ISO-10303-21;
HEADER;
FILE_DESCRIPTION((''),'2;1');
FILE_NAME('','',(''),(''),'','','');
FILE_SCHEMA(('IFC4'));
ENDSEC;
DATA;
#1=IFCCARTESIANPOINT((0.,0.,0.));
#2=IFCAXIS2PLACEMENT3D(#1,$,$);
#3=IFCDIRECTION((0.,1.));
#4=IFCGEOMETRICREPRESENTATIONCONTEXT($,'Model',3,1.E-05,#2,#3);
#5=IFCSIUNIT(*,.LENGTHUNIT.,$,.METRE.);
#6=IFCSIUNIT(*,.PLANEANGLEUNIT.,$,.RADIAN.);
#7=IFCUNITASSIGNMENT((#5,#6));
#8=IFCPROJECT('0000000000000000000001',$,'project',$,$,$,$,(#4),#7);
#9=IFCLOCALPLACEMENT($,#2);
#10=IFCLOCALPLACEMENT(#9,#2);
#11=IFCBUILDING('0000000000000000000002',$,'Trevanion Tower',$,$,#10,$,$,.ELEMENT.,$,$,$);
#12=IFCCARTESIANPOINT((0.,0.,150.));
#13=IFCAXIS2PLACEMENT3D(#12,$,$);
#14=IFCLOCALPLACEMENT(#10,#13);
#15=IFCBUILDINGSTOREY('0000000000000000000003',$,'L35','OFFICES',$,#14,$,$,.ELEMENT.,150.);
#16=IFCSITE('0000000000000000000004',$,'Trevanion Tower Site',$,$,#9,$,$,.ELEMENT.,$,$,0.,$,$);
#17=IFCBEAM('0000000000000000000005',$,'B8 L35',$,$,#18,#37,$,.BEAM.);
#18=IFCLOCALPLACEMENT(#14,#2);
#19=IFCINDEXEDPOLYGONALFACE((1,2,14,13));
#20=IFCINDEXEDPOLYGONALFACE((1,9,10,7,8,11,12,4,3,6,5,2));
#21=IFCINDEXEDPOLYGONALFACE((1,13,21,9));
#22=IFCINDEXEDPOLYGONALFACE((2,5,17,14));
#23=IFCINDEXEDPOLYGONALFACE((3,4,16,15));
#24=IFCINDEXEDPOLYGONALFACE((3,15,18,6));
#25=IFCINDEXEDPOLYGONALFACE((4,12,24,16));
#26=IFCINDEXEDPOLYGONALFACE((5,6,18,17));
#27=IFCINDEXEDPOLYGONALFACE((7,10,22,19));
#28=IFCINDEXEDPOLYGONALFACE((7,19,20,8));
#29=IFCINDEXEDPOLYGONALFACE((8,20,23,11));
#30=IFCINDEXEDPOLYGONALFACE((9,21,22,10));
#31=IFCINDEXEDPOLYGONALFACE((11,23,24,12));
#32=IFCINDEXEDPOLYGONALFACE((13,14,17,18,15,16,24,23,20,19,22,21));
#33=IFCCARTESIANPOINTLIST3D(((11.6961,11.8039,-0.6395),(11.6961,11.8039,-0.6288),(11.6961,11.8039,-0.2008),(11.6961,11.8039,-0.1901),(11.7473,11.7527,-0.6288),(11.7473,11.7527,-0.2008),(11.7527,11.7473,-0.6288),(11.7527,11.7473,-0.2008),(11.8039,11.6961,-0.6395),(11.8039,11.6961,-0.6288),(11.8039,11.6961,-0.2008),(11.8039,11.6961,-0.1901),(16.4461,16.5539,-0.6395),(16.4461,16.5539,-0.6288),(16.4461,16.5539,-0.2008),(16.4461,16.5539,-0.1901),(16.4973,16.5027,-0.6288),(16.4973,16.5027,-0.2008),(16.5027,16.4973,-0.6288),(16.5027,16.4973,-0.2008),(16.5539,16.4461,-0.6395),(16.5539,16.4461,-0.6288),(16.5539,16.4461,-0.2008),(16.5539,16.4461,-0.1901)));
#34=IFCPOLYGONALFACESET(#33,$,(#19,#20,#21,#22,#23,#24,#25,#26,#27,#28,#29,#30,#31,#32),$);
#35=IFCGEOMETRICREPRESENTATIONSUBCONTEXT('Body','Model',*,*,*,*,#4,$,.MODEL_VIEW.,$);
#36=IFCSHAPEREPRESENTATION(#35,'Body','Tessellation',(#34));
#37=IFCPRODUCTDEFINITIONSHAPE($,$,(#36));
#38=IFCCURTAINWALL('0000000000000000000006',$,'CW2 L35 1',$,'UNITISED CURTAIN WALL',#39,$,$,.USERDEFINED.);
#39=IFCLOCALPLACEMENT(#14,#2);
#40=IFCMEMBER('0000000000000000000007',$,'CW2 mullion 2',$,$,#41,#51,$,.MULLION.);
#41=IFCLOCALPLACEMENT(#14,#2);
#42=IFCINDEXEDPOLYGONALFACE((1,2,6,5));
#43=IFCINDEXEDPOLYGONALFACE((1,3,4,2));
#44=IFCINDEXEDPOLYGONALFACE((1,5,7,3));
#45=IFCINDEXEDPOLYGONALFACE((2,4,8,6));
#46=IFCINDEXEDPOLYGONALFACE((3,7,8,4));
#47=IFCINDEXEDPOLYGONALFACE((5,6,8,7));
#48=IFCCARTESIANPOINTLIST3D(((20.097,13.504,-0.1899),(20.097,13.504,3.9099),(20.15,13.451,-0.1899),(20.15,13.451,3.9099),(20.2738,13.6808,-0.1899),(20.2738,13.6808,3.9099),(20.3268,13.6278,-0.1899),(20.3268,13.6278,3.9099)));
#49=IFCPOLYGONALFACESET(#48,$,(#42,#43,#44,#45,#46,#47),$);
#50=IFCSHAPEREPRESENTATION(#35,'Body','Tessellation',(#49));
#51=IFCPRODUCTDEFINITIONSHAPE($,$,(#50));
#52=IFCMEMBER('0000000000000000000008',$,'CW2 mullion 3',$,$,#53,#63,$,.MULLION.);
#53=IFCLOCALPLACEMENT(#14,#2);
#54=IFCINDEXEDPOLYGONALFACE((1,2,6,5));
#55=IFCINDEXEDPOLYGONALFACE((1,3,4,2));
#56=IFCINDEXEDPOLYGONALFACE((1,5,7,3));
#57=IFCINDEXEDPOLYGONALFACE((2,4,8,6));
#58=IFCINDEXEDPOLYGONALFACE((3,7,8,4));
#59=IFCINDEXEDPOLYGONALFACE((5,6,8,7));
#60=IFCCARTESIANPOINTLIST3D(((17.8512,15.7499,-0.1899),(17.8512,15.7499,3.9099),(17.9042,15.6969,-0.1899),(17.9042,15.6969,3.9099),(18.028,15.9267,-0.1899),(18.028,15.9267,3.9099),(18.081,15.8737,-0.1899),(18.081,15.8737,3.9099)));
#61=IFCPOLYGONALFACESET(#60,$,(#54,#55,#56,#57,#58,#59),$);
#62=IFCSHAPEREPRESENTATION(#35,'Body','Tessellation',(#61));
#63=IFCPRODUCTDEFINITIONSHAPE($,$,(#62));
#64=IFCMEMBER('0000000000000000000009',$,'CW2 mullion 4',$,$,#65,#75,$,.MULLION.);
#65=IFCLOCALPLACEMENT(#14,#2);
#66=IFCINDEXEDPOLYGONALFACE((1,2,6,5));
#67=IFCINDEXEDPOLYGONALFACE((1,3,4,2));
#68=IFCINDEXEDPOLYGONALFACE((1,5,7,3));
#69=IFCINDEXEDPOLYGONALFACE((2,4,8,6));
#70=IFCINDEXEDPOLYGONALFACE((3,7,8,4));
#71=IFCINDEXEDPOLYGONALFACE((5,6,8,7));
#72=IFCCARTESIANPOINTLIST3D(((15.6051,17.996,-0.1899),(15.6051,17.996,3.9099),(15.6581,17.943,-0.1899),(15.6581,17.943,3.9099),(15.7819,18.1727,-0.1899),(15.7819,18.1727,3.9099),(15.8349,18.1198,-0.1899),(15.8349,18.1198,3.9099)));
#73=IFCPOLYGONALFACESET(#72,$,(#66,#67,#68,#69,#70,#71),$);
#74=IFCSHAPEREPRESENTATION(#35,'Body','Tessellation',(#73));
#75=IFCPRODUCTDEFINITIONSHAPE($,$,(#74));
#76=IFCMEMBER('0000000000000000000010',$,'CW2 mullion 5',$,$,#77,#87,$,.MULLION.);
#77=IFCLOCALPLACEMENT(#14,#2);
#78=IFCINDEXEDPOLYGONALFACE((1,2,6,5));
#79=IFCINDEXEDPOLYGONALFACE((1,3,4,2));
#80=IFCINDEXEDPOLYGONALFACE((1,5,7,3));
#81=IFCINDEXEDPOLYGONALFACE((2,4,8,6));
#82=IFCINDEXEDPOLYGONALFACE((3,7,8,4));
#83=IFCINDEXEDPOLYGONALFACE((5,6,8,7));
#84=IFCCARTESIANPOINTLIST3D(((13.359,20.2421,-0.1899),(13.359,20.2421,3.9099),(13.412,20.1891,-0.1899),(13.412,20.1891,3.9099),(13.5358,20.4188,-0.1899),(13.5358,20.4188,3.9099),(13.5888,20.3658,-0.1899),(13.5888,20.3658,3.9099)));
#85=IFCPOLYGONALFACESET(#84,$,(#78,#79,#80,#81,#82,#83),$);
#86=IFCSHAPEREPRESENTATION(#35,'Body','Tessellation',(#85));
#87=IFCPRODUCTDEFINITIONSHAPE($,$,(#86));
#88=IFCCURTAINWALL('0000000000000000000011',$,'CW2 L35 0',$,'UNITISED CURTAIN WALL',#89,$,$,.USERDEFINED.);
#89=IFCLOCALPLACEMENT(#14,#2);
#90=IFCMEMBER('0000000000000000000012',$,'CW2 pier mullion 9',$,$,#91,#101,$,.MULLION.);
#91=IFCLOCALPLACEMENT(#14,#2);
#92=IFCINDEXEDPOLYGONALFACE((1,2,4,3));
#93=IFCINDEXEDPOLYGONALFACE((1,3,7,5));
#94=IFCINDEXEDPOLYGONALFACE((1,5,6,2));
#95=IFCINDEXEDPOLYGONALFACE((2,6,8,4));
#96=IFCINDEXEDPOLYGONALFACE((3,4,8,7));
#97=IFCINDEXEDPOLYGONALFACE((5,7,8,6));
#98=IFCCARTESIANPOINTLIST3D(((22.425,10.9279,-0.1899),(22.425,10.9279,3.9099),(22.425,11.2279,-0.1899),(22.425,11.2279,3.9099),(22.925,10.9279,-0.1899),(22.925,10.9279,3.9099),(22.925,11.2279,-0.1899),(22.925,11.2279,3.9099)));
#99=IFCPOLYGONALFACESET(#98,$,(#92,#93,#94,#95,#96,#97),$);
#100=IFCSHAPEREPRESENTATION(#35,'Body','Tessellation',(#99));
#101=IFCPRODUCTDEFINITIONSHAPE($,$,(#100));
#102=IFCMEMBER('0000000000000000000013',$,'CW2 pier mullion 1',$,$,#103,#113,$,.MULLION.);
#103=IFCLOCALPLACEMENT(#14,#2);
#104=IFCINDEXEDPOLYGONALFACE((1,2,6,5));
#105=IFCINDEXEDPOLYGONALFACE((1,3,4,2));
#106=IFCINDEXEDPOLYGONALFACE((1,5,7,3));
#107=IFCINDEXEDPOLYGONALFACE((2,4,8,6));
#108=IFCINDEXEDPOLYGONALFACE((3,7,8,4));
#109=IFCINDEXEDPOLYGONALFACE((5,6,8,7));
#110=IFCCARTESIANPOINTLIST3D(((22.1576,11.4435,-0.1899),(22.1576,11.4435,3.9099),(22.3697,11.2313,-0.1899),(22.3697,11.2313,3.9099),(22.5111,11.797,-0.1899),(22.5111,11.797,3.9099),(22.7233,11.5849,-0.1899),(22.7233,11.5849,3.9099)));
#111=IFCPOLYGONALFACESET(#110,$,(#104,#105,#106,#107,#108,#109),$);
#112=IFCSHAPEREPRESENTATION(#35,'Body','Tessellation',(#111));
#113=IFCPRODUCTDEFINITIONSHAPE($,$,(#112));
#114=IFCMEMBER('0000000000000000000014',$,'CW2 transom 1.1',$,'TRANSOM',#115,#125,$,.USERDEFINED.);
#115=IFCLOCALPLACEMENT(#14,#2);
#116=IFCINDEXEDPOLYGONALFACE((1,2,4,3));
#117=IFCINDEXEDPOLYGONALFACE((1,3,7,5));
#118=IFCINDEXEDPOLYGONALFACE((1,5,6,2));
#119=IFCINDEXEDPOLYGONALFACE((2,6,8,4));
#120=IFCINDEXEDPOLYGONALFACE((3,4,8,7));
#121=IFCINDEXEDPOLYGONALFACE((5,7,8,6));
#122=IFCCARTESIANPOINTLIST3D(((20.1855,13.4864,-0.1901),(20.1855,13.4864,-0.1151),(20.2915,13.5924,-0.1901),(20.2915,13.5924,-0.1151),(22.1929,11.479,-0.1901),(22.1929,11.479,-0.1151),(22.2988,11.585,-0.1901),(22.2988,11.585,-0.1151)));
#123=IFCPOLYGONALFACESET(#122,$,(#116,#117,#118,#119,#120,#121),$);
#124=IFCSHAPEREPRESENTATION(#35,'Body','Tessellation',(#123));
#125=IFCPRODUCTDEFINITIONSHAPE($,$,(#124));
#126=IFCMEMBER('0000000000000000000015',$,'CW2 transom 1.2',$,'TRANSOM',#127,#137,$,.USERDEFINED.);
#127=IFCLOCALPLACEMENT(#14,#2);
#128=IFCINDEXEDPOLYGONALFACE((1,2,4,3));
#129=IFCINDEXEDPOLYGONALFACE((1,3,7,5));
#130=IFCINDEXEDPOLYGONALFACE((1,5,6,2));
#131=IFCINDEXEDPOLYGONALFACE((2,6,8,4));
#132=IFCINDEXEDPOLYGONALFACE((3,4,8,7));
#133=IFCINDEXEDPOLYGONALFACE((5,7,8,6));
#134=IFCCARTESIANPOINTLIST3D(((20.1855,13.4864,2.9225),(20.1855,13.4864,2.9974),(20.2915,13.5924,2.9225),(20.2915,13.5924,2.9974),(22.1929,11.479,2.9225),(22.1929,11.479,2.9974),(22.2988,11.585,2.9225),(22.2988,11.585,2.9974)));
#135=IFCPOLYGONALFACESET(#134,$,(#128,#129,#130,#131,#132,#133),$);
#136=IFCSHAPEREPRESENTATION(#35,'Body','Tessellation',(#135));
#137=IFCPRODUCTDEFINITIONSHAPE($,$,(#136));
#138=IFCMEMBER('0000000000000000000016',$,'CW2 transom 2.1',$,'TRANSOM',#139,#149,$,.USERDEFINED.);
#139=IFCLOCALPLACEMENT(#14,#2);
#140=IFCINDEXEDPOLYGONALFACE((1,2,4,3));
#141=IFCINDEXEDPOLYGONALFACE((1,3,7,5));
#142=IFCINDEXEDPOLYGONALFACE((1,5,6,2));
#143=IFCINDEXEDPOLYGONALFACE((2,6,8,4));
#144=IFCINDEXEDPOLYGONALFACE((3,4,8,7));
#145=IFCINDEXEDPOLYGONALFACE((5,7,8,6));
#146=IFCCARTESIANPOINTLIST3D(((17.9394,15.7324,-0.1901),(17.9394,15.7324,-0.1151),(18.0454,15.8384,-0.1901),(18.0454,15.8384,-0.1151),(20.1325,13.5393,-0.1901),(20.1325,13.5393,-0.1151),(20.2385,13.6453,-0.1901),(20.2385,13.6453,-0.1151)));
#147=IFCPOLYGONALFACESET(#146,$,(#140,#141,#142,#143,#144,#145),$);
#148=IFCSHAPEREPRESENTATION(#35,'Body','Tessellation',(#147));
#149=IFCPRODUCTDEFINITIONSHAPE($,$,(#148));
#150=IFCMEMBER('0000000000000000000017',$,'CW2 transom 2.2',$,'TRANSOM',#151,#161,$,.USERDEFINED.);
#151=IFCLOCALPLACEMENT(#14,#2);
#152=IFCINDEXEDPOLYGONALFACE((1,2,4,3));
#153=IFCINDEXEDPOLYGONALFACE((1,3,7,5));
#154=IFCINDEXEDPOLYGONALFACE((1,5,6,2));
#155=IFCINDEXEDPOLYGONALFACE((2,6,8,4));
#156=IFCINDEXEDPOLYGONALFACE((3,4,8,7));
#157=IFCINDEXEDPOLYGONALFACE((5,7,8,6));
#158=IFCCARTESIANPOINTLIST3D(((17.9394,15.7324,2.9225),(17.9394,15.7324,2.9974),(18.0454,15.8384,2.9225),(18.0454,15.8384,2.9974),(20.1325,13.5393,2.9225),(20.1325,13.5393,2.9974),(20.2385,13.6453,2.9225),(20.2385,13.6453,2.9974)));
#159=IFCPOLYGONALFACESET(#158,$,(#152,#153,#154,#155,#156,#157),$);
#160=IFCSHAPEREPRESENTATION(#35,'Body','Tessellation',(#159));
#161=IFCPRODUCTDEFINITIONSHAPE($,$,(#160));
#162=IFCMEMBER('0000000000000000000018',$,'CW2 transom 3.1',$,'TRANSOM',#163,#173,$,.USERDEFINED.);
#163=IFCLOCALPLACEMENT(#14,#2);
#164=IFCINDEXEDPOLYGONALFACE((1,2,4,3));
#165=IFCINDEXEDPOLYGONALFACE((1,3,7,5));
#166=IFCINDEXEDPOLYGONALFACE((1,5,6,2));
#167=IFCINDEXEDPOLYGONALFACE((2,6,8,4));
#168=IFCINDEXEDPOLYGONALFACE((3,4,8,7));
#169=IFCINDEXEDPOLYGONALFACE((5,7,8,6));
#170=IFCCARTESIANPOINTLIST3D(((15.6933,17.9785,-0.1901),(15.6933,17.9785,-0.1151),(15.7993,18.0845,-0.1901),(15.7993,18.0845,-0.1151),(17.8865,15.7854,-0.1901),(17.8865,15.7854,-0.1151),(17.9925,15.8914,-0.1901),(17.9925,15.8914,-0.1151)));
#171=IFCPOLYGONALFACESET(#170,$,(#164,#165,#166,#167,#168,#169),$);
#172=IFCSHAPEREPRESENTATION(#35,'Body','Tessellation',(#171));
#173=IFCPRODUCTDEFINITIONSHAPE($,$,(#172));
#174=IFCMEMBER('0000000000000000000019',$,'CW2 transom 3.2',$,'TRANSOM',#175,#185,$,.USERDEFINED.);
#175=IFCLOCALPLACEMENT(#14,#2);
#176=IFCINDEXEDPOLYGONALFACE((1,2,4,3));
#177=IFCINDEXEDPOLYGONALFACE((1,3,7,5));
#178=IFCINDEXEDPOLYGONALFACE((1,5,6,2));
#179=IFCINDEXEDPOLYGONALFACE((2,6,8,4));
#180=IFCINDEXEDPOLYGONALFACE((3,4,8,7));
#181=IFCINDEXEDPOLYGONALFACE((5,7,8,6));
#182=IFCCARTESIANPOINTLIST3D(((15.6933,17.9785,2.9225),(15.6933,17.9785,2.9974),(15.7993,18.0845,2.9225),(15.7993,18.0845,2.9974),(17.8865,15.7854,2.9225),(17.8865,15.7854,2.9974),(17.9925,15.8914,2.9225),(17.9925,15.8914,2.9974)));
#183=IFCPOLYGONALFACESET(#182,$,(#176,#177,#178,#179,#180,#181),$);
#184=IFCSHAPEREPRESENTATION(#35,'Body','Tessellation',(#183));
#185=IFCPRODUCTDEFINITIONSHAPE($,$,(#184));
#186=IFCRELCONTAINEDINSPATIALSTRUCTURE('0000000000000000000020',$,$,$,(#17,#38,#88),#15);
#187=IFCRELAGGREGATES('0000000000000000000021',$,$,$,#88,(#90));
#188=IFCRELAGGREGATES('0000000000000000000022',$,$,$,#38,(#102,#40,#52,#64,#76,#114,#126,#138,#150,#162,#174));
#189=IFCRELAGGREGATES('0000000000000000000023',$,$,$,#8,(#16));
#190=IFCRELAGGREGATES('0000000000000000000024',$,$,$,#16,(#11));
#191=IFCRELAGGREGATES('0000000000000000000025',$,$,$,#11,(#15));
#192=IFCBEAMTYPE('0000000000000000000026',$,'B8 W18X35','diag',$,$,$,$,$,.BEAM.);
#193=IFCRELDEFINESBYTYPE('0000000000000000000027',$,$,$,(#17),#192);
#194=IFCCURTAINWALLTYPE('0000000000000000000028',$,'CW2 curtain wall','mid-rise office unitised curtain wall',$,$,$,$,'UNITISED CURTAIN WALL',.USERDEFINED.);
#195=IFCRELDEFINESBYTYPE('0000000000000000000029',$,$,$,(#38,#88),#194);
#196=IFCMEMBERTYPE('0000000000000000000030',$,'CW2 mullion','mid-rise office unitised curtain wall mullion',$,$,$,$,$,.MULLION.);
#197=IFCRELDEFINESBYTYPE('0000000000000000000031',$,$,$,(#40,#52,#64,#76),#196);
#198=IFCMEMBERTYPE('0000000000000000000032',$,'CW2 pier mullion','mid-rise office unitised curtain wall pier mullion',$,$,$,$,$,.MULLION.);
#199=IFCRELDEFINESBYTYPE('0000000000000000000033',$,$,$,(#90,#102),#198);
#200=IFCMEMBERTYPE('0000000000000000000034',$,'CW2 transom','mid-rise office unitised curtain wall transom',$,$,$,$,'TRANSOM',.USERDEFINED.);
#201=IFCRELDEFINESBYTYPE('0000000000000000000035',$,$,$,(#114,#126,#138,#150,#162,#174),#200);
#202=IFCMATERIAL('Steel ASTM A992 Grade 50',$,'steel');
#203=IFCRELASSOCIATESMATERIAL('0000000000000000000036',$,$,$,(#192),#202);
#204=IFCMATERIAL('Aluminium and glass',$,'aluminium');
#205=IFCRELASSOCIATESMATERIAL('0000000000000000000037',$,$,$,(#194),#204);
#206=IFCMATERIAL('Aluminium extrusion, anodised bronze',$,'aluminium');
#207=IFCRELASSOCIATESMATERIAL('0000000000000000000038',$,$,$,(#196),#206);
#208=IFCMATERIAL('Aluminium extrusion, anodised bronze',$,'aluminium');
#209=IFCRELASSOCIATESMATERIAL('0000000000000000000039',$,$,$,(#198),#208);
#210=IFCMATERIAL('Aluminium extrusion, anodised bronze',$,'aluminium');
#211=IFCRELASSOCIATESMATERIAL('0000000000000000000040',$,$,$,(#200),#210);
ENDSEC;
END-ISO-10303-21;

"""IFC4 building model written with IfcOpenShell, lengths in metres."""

from ifc_helpers import new_model, si_unit, direction, frame, origin, origin_2d, place, context, subcontext, project, spatial, rectangle, i_section, extrude, material, material_profile, profile_set, type_object, element, aggregate, save


model = new_model("IFC4")

# Units and contexts
model_context = context("Model", 3, precision=1e-05, world=origin(), true_north=direction((0.0, 1.0)))
body_context = subcontext(model_context, "Body", "Model", "MODEL_VIEW")
ifc_project = project(units=[si_unit("LENGTHUNIT", "METRE"), si_unit("PLANEANGLEUNIT", "RADIAN")], contexts=[model_context])

# Site, building, storey
site_placement = place(None, origin())
site = spatial("IfcSite", under=ifc_project, at=site_placement, Name="Trevanion Tower Site", CompositionType="ELEMENT", RefElevation=0.0)
building_placement = place(site_placement, origin())
building = spatial("IfcBuilding", under=site, at=building_placement, Name="Trevanion Tower", CompositionType="ELEMENT")
storey_placement = place(building_placement, frame((0.0, 0.0, 150.0)))
storey = spatial("IfcBuildingStorey", under=building, at=storey_placement, Name="L35", Description="OFFICES", CompositionType="ELEMENT", Elevation=150.0)

# Beam
ifc_material_1 = material(Name="Steel ASTM A992 Grade 50", Category="steel")
ifc_material_profile_1 = material_profile(ifc_material_1, i_section(OverallWidth=0.1523, OverallDepth=0.4495, WebThickness=0.0076, FlangeThickness=0.0107, at=origin_2d()), Name="W18X35")
ifc_profile_set_1 = profile_set([ifc_material_profile_1], Name="Steel ASTM A992 Grade 50")
beam_type = type_object("IfcBeamType", Name="B8 W18X35", Description="diag", PredefinedType="BEAM", material=ifc_profile_set_1)
beam_placement = place(storey_placement, frame((11.75, 11.75, -0.4148), z_axis=(0.707107, 0.707107, 0.0), x_axis=(-0.707107, 0.707107, 0.0)))
element("IfcBeam", 1, at=beam_placement, inside=storey, type_object=beam_type, Name="B8 L35", PredefinedType="BEAM", context=body_context, shape_type="SweptSolid", body=[
    extrude(i_section(OverallWidth=0.1523, OverallDepth=0.4495, WebThickness=0.0076, FlangeThickness=0.0107, at=origin_2d()), origin(), (0.0, 0.0, 1.0), 6.7175),
])

# Curtain wall, members
ifc_material_2 = material(Name="Aluminium and glass", Category="aluminium")
curtain_wall_type = type_object("IfcCurtainWallType", Name="CW2 curtain wall", Description="mid-rise office unitised curtain wall", ElementType="UNITISED CURTAIN WALL", PredefinedType="USERDEFINED", material=ifc_material_2)
curtain_wall_1_placement = place(storey_placement, origin())
curtain_wall_1 = element("IfcCurtainWall", 2, at=curtain_wall_1_placement, inside=storey, type_object=curtain_wall_type, Name="CW2 L35 1", ObjectType="UNITISED CURTAIN WALL", PredefinedType="USERDEFINED")
ifc_material_3 = material(Name="Aluminium extrusion, anodised bronze", Category="aluminium")
ifc_material_profile_2 = material_profile(ifc_material_3, rectangle(XDim=0.075, YDim=0.25, at=origin_2d()), Name="CW2 mullion")
ifc_profile_set_2 = profile_set([ifc_material_profile_2], Name="Aluminium extrusion, anodised bronze")
member_type_1 = type_object("IfcMemberType", Name="CW2 mullion", Description="mid-rise office unitised curtain wall mullion", PredefinedType="MULLION", material=ifc_profile_set_2)
member_1_placement = place(storey_placement, frame((20.2119, 13.5659, -0.1899), z_axis=(0.0, 0.0, 1.0), x_axis=(-0.707107, 0.707107, 0.0)))
member_1 = element("IfcMember", 3, at=member_1_placement, type_object=member_type_1, Name="CW2 mullion 2", PredefinedType="MULLION", context=body_context, shape_type="SweptSolid", body=[
    extrude(rectangle(XDim=0.075, YDim=0.25, at=origin_2d()), origin(), (0.0, 0.0, 1.0), 4.0999),
])
member_2_placement = place(storey_placement, frame((17.9661, 15.8118, -0.1899), z_axis=(0.0, 0.0, 1.0), x_axis=(-0.707107, 0.707107, 0.0)))
member_2 = element("IfcMember", 4, at=member_2_placement, type_object=member_type_1, Name="CW2 mullion 3", PredefinedType="MULLION", context=body_context, shape_type="SweptSolid", body=[
    extrude(rectangle(XDim=0.075, YDim=0.25, at=origin_2d()), origin(), (0.0, 0.0, 1.0), 4.0999),
])
member_3_placement = place(storey_placement, frame((15.72, 18.0579, -0.1899), z_axis=(0.0, 0.0, 1.0), x_axis=(-0.707107, 0.707107, 0.0)))
member_3 = element("IfcMember", 5, at=member_3_placement, type_object=member_type_1, Name="CW2 mullion 4", PredefinedType="MULLION", context=body_context, shape_type="SweptSolid", body=[
    extrude(rectangle(XDim=0.075, YDim=0.25, at=origin_2d()), origin(), (0.0, 0.0, 1.0), 4.0999),
])
member_4_placement = place(storey_placement, frame((13.4739, 20.304, -0.1899), z_axis=(0.0, 0.0, 1.0), x_axis=(-0.707107, 0.707107, 0.0)))
member_4 = element("IfcMember", 6, at=member_4_placement, type_object=member_type_1, Name="CW2 mullion 5", PredefinedType="MULLION", context=body_context, shape_type="SweptSolid", body=[
    extrude(rectangle(XDim=0.075, YDim=0.25, at=origin_2d()), origin(), (0.0, 0.0, 1.0), 4.0999),
])

# Curtain wall, member
curtain_wall_2_placement = place(storey_placement, origin())
curtain_wall_2 = element("IfcCurtainWall", 7, at=curtain_wall_2_placement, inside=storey, type_object=curtain_wall_type, Name="CW2 L35 0", ObjectType="UNITISED CURTAIN WALL", PredefinedType="USERDEFINED")
ifc_material_4 = material(Name="Aluminium extrusion, anodised bronze", Category="aluminium")
ifc_material_profile_3 = material_profile(ifc_material_4, rectangle(XDim=0.3, YDim=0.5, at=origin_2d()), Name="CW2 pier mullion")
ifc_profile_set_3 = profile_set([ifc_material_profile_3], Name="Aluminium extrusion, anodised bronze")
member_type_2 = type_object("IfcMemberType", Name="CW2 pier mullion", Description="mid-rise office unitised curtain wall pier mullion", PredefinedType="MULLION", material=ifc_profile_set_3)
member_5_placement = place(storey_placement, frame((22.675, 11.0779, -0.1899), z_axis=(0.0, 0.0, 1.0), x_axis=(0.0, 1.0, 0.0)))
member_5 = element("IfcMember", 8, at=member_5_placement, type_object=member_type_2, Name="CW2 pier mullion 9", PredefinedType="MULLION", context=body_context, shape_type="SweptSolid", body=[
    extrude(rectangle(XDim=0.3, YDim=0.5, at=origin_2d()), origin(), (0.0, 0.0, 1.0), 4.0999),
])
aggregate(curtain_wall_2, [member_5])

# Members
member_6_placement = place(storey_placement, frame((22.4404, 11.5142, -0.1899), z_axis=(0.0, 0.0, 1.0), x_axis=(-0.707107, 0.707107, 0.0)))
member_6 = element("IfcMember", 9, at=member_6_placement, type_object=member_type_2, Name="CW2 pier mullion 1", PredefinedType="MULLION", context=body_context, shape_type="SweptSolid", body=[
    extrude(rectangle(XDim=0.3, YDim=0.5, at=origin_2d()), origin(), (0.0, 0.0, 1.0), 4.0999),
])
ifc_material_5 = material(Name="Aluminium extrusion, anodised bronze", Category="aluminium")
ifc_material_profile_4 = material_profile(ifc_material_5, rectangle(XDim=0.1499, YDim=0.075, at=origin_2d()), Name="CW2 transom")
ifc_profile_set_4 = profile_set([ifc_material_profile_4], Name="Aluminium extrusion, anodised bronze")
member_type_3 = type_object("IfcMemberType", Name="CW2 transom", Description="mid-rise office unitised curtain wall transom", ElementType="TRANSOM", PredefinedType="USERDEFINED", material=ifc_profile_set_4)
member_7_placement = place(storey_placement, frame((22.2458, 11.532, -0.1526), z_axis=(-0.707107, 0.707107, 0.0), x_axis=(-0.707107, -0.707107, 0.0)))
member_7 = element("IfcMember", 10, at=member_7_placement, type_object=member_type_3, Name="CW2 transom 1.1", ObjectType="TRANSOM", PredefinedType="USERDEFINED", context=body_context, shape_type="SweptSolid", body=[
    extrude(rectangle(XDim=0.1499, YDim=0.075, at=origin_2d()), origin(), (0.0, 0.0, 1.0), 2.8389),
])
member_8_placement = place(storey_placement, frame((22.2458, 11.532, 2.96), z_axis=(-0.707107, 0.707107, 0.0), x_axis=(-0.707107, -0.707107, 0.0)))
member_8 = element("IfcMember", 11, at=member_8_placement, type_object=member_type_3, Name="CW2 transom 1.2", ObjectType="TRANSOM", PredefinedType="USERDEFINED", context=body_context, shape_type="SweptSolid", body=[
    extrude(rectangle(XDim=0.1499, YDim=0.075, at=origin_2d()), origin(), (0.0, 0.0, 1.0), 2.8389),
])
member_9_placement = place(storey_placement, frame((20.1855, 13.5923, -0.1526), z_axis=(-0.707107, 0.707107, 0.0), x_axis=(-0.707107, -0.707107, 0.0)))
member_9 = element("IfcMember", 12, at=member_9_placement, type_object=member_type_3, Name="CW2 transom 2.1", ObjectType="TRANSOM", PredefinedType="USERDEFINED", context=body_context, shape_type="SweptSolid", body=[
    extrude(rectangle(XDim=0.1499, YDim=0.075, at=origin_2d()), origin(), (0.0, 0.0, 1.0), 3.1016),
])
member_10_placement = place(storey_placement, frame((20.1855, 13.5923, 2.96), z_axis=(-0.707107, 0.707107, 0.0), x_axis=(-0.707107, -0.707107, 0.0)))
member_10 = element("IfcMember", 13, at=member_10_placement, type_object=member_type_3, Name="CW2 transom 2.2", ObjectType="TRANSOM", PredefinedType="USERDEFINED", context=body_context, shape_type="SweptSolid", body=[
    extrude(rectangle(XDim=0.1499, YDim=0.075, at=origin_2d()), origin(), (0.0, 0.0, 1.0), 3.1016),
])
member_11_placement = place(storey_placement, frame((17.9395, 15.8384, -0.1526), z_axis=(-0.707107, 0.707107, 0.0), x_axis=(-0.707107, -0.707107, 0.0)))
member_11 = element("IfcMember", 14, at=member_11_placement, type_object=member_type_3, Name="CW2 transom 3.1", ObjectType="TRANSOM", PredefinedType="USERDEFINED", context=body_context, shape_type="SweptSolid", body=[
    extrude(rectangle(XDim=0.1499, YDim=0.075, at=origin_2d()), origin(), (0.0, 0.0, 1.0), 3.1016),
])
member_12_placement = place(storey_placement, frame((17.9395, 15.8384, 2.96), z_axis=(-0.707107, 0.707107, 0.0), x_axis=(-0.707107, -0.707107, 0.0)))
member_12 = element("IfcMember", 15, at=member_12_placement, type_object=member_type_3, Name="CW2 transom 3.2", ObjectType="TRANSOM", PredefinedType="USERDEFINED", context=body_context, shape_type="SweptSolid", body=[
    extrude(rectangle(XDim=0.1499, YDim=0.075, at=origin_2d()), origin(), (0.0, 0.0, 1.0), 3.1016),
])

aggregate(curtain_wall_1, [member_6, member_1, member_2, member_3, member_4, member_7, member_8, member_9, member_10, member_11, member_12])

save(model, "model.ifc")
